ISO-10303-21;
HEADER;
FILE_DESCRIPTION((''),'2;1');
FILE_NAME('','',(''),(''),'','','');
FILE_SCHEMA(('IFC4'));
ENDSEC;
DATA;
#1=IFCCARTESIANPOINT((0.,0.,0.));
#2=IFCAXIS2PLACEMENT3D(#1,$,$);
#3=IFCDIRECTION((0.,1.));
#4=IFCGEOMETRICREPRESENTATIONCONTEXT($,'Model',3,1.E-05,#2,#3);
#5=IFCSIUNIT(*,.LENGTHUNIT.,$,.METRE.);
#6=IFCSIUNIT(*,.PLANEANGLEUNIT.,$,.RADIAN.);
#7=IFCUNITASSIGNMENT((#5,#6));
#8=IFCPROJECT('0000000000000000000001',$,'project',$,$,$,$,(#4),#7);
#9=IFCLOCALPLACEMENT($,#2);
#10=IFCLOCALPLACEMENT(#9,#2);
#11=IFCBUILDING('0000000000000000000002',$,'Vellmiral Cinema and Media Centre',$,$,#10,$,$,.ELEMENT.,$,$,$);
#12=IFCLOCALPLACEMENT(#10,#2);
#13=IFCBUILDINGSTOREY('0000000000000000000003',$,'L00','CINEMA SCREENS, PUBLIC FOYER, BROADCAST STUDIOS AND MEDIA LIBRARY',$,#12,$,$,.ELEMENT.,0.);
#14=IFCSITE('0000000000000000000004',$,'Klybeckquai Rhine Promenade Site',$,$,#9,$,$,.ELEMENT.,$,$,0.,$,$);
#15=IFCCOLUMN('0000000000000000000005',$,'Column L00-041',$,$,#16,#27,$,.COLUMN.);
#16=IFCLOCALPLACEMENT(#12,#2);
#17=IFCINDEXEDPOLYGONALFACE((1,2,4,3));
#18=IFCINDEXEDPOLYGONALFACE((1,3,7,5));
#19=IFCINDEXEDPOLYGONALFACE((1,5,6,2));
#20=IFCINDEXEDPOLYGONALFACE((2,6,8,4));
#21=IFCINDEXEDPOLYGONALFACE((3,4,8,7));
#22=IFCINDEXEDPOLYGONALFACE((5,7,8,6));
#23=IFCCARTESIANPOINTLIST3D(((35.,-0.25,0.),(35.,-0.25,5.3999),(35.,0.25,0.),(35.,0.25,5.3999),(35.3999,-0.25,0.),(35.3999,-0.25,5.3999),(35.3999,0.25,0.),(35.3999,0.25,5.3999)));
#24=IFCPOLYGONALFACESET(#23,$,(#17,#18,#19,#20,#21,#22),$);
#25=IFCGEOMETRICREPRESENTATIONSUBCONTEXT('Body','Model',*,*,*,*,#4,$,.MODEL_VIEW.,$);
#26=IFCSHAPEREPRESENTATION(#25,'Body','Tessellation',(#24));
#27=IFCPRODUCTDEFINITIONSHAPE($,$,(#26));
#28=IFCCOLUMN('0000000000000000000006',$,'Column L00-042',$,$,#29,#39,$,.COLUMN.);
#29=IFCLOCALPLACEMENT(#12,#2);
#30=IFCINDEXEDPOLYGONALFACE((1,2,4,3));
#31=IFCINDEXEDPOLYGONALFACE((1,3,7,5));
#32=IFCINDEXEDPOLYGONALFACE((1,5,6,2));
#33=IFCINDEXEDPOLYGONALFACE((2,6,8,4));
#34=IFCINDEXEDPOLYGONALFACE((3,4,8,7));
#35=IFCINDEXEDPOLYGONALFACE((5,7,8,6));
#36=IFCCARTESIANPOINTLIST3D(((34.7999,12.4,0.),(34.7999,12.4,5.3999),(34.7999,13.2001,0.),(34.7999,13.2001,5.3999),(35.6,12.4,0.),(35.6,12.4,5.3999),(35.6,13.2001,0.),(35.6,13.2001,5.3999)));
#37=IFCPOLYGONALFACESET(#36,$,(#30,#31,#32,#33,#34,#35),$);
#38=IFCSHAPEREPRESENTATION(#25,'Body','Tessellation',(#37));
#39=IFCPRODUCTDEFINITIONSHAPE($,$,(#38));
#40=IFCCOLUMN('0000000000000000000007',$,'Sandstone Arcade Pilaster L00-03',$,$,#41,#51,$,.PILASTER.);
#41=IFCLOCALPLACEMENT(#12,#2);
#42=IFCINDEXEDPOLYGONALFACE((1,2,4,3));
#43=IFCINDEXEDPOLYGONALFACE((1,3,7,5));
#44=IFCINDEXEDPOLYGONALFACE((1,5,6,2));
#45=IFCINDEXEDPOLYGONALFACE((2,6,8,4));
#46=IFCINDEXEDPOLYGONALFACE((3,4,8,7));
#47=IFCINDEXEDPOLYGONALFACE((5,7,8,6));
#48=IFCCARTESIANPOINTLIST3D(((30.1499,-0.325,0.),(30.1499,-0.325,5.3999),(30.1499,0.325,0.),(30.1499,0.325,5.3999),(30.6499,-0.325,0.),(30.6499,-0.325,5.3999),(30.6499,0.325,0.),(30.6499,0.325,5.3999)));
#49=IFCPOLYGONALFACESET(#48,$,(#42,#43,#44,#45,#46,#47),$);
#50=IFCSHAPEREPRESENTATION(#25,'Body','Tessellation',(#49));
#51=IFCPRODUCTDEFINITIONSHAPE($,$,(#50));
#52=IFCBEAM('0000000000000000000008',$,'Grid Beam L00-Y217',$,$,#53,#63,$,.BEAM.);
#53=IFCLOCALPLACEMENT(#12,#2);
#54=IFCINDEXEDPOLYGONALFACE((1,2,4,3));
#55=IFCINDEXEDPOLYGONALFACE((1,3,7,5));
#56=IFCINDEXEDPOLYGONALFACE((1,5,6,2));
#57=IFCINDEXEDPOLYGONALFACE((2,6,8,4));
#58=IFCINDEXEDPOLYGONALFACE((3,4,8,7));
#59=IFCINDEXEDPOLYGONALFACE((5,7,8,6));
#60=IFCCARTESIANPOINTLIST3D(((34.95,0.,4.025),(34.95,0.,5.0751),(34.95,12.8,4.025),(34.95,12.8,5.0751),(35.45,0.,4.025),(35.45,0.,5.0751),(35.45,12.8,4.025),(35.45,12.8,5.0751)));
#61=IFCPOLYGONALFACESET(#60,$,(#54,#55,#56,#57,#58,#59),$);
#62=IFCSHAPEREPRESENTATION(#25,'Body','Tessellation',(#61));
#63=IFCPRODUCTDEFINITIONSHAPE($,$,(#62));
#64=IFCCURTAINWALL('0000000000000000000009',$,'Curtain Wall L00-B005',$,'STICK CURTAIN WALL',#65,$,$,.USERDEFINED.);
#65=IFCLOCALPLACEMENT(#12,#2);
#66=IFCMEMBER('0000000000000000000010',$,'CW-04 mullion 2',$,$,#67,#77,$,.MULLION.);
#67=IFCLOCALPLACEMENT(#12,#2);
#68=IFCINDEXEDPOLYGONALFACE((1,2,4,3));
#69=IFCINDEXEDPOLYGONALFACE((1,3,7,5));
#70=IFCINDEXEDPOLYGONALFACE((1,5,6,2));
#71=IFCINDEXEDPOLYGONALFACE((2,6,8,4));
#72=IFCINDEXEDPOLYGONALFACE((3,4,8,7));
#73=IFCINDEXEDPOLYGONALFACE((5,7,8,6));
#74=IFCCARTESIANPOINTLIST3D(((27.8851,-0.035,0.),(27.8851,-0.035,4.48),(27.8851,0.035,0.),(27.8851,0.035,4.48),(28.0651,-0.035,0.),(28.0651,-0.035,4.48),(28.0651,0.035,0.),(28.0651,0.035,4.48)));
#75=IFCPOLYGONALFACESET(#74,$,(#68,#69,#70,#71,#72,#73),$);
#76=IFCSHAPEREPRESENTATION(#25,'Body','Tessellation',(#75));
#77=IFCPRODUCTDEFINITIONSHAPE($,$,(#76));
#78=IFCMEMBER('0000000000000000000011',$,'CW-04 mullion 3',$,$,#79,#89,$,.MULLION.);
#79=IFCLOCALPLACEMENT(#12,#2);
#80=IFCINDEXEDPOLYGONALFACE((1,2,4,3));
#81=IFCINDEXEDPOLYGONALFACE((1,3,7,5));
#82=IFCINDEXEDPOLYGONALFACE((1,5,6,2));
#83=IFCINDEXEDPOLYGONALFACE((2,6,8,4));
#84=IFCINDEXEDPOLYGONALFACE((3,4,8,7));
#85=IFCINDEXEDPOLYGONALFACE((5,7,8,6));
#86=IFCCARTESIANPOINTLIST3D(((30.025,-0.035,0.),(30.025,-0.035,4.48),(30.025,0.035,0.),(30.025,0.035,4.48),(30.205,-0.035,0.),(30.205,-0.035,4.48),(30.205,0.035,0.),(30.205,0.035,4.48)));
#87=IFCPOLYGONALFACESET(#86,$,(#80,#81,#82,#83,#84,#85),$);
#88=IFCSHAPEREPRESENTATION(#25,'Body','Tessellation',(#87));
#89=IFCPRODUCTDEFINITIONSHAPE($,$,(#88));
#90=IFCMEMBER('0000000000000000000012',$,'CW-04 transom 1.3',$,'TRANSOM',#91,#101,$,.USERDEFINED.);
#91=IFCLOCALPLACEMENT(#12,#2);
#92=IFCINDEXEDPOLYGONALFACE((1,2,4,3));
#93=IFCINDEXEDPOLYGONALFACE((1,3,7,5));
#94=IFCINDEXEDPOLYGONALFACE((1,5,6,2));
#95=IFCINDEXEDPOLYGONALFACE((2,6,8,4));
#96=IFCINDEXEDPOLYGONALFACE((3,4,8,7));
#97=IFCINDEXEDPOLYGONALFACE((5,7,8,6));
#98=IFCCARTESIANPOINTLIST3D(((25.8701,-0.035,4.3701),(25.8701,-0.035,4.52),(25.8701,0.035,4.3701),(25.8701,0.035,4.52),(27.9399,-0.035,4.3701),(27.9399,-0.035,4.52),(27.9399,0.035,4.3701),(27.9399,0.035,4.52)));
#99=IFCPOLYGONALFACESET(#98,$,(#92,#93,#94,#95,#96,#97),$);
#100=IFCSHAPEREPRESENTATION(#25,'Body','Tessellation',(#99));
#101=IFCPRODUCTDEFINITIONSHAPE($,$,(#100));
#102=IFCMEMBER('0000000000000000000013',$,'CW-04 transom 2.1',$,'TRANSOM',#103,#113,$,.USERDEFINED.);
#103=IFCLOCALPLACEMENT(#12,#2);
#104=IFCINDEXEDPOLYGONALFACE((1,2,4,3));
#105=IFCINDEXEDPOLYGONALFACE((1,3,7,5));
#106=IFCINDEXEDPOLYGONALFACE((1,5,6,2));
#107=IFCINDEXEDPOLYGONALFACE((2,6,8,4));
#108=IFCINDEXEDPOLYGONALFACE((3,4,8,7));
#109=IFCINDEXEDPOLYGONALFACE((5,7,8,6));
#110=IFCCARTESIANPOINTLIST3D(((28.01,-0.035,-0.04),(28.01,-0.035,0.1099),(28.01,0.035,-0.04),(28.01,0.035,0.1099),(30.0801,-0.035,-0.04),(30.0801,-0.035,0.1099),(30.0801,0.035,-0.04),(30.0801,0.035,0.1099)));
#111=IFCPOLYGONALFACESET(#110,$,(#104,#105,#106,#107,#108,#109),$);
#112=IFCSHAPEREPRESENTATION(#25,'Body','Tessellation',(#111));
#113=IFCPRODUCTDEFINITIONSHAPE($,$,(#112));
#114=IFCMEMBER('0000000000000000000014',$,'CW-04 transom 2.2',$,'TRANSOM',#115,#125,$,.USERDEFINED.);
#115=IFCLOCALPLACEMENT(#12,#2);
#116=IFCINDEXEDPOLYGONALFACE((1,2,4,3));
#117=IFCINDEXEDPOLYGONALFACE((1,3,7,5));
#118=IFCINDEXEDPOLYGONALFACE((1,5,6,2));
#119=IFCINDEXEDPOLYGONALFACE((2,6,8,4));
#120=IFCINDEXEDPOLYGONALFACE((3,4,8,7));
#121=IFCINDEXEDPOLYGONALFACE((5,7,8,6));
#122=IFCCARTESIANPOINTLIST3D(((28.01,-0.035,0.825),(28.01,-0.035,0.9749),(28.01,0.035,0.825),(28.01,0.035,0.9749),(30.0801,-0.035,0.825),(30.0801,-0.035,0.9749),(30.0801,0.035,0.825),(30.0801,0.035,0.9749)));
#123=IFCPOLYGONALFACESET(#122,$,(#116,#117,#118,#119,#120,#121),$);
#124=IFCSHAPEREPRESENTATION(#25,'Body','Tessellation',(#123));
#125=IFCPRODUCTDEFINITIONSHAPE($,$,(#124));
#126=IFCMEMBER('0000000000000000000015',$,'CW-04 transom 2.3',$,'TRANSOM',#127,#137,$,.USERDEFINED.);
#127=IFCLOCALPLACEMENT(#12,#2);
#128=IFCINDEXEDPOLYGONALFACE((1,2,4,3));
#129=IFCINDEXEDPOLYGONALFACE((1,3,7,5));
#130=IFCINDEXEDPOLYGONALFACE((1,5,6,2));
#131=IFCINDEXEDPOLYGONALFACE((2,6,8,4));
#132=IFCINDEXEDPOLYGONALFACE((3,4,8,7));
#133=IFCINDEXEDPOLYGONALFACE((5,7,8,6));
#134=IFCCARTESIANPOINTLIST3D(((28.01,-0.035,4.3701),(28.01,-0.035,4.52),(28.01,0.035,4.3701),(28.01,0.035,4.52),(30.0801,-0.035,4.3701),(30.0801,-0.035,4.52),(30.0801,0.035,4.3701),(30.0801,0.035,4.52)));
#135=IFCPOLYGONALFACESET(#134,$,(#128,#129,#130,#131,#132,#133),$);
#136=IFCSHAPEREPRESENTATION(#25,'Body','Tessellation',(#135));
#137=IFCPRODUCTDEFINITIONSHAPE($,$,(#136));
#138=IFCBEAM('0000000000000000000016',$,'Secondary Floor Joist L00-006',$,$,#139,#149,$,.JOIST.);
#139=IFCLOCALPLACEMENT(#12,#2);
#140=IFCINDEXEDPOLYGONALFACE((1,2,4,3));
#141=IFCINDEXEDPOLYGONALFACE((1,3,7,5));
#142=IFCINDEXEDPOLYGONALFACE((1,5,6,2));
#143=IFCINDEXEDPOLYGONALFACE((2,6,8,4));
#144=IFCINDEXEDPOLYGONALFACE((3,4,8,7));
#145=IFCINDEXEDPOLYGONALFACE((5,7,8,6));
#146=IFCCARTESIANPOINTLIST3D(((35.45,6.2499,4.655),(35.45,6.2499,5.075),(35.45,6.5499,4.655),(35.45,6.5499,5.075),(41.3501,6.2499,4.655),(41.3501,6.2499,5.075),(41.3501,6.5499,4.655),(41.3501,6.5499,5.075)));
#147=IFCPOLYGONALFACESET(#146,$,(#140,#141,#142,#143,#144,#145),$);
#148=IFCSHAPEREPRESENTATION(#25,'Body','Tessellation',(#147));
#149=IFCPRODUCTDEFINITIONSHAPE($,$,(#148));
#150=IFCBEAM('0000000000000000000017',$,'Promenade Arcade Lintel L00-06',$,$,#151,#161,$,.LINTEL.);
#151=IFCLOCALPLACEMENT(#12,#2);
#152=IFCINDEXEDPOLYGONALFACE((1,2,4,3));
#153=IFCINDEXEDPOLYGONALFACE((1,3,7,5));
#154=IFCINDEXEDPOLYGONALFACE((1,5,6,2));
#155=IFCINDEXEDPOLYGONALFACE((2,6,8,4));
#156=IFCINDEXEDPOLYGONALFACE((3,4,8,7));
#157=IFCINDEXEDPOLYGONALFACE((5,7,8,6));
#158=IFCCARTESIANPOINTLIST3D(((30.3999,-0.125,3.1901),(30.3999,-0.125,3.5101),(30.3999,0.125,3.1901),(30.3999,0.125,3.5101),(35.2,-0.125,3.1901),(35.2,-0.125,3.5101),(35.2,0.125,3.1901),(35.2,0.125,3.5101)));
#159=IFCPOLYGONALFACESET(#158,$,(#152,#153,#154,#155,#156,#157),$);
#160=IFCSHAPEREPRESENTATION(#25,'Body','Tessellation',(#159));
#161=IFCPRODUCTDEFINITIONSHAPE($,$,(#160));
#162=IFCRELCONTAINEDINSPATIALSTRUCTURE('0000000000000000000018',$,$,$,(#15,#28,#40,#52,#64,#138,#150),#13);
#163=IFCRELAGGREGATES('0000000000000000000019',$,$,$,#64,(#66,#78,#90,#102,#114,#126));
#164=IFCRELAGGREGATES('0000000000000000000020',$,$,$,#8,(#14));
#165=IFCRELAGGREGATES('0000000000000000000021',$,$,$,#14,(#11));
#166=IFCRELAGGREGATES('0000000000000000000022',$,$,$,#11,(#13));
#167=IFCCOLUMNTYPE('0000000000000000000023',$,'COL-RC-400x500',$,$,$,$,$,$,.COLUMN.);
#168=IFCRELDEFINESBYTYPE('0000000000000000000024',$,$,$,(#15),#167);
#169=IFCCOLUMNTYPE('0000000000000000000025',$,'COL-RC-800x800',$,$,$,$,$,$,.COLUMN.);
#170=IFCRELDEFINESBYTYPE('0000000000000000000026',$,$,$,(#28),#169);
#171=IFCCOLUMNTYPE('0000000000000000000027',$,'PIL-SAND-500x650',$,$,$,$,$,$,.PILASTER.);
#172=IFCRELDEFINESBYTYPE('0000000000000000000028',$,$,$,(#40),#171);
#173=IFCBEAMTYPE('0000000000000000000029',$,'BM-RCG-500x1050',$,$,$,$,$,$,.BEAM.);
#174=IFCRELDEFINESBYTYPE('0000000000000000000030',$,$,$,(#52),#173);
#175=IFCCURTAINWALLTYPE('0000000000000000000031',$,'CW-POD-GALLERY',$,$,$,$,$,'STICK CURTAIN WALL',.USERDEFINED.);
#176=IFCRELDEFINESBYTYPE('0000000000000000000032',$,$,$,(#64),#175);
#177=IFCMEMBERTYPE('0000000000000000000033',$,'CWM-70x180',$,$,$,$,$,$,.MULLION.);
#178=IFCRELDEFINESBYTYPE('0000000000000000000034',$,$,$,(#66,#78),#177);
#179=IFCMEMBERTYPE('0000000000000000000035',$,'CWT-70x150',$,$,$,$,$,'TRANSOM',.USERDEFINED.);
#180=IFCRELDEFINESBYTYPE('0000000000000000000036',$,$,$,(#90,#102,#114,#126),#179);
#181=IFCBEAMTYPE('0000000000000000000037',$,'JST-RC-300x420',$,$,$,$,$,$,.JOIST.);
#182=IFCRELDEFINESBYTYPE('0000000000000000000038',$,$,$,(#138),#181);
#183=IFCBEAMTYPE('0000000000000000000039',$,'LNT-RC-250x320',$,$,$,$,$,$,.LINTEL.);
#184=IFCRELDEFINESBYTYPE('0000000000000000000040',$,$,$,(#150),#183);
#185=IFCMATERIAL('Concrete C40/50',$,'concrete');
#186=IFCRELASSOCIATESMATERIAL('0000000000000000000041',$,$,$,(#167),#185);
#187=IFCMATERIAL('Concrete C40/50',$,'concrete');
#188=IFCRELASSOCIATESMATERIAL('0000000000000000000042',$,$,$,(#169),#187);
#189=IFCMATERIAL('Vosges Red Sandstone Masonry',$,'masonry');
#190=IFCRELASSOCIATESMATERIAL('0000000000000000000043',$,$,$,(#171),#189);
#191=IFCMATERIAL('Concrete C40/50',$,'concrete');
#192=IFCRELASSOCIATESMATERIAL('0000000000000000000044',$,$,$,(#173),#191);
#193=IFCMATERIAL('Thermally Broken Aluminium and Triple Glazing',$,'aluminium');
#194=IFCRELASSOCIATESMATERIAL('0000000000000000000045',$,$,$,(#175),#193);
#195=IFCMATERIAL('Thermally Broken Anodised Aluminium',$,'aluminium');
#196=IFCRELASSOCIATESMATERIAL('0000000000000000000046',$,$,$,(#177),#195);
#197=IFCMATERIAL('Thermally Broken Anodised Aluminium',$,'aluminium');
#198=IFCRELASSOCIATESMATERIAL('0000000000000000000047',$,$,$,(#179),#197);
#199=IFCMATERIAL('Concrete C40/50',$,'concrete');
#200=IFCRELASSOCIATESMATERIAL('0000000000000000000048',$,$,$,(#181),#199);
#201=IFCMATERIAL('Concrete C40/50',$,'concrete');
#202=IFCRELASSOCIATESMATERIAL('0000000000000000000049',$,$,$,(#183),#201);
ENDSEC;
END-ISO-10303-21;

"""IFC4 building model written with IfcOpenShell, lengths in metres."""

from ifc_helpers import new_model, si_unit, direction, frame, origin, origin_2d, place, context, subcontext, project, spatial, rectangle, extrude, material, material_profile, profile_set, type_object, element, aggregate, save


model = new_model("IFC4")

# Units and contexts
model_context = context("Model", 3, precision=1e-05, world=origin(), true_north=direction((0.0, 1.0)))
body_context = subcontext(model_context, "Body", "Model", "MODEL_VIEW")
ifc_project = project(units=[si_unit("LENGTHUNIT", "METRE"), si_unit("PLANEANGLEUNIT", "RADIAN")], contexts=[model_context])

# Site, building, storey
site_placement = place(None, origin())
site = spatial("IfcSite", under=ifc_project, at=site_placement, Name="Klybeckquai Rhine Promenade Site", CompositionType="ELEMENT", RefElevation=0.0)
building_placement = place(site_placement, origin())
building = spatial("IfcBuilding", under=site, at=building_placement, Name="Vellmiral Cinema and Media Centre", CompositionType="ELEMENT")
storey_placement = place(building_placement, origin())
storey = spatial("IfcBuildingStorey", under=building, at=storey_placement, Name="L00", Description="CINEMA SCREENS, PUBLIC FOYER, BROADCAST STUDIOS AND MEDIA LIBRARY", CompositionType="ELEMENT", Elevation=0.0)

# Columns
ifc_material_1 = material(Name="Concrete C40/50", Category="concrete")
ifc_material_profile_1 = material_profile(ifc_material_1, rectangle(XDim=0.3999, YDim=0.5, at=origin_2d()), Name="RC 400x500")
ifc_profile_set_1 = profile_set([ifc_material_profile_1], Name="Concrete C40/50")
column_type_1 = type_object("IfcColumnType", Name="COL-RC-400x500", PredefinedType="COLUMN", material=ifc_profile_set_1)
column_1_placement = place(storey_placement, frame((35.2, 0.0, 0.0), z_axis=(0.0, 0.0, 1.0), x_axis=(1.0, 0.0, 0.0)))
element("IfcColumn", 1, at=column_1_placement, inside=storey, type_object=column_type_1, Name="Column L00-041", PredefinedType="COLUMN", context=body_context, shape_type="SweptSolid", body=[
    extrude(rectangle(XDim=0.3999, YDim=0.5, at=origin_2d()), origin(), (0.0, 0.0, 1.0), 5.3999),
])
ifc_material_2 = material(Name="Concrete C40/50", Category="concrete")
ifc_material_profile_2 = material_profile(ifc_material_2, rectangle(XDim=0.8, YDim=0.8, at=origin_2d()), Name="RC 800x800")
ifc_profile_set_2 = profile_set([ifc_material_profile_2], Name="Concrete C40/50")
column_type_2 = type_object("IfcColumnType", Name="COL-RC-800x800", PredefinedType="COLUMN", material=ifc_profile_set_2)
column_2_placement = place(storey_placement, frame((35.2, 12.8, 0.0), z_axis=(0.0, 0.0, 1.0), x_axis=(1.0, 0.0, 0.0)))
element("IfcColumn", 2, at=column_2_placement, inside=storey, type_object=column_type_2, Name="Column L00-042", PredefinedType="COLUMN", context=body_context, shape_type="SweptSolid", body=[
    extrude(rectangle(XDim=0.8, YDim=0.8, at=origin_2d()), origin(), (0.0, 0.0, 1.0), 5.3999),
])
ifc_material_3 = material(Name="Vosges Red Sandstone Masonry", Category="masonry")
ifc_material_profile_3 = material_profile(ifc_material_3, rectangle(XDim=0.5, YDim=0.6499, at=origin_2d()), Name="SAND 500x650")
ifc_profile_set_3 = profile_set([ifc_material_profile_3], Name="Vosges Red Sandstone Masonry")
column_type_3 = type_object("IfcColumnType", Name="PIL-SAND-500x650", PredefinedType="PILASTER", material=ifc_profile_set_3)
column_3_placement = place(storey_placement, frame((30.3999, 0.0, 0.0), z_axis=(0.0, 0.0, 1.0), x_axis=(1.0, 0.0, 0.0)))
element("IfcColumn", 3, at=column_3_placement, inside=storey, type_object=column_type_3, Name="Sandstone Arcade Pilaster L00-03", PredefinedType="PILASTER", context=body_context, shape_type="SweptSolid", body=[
    extrude(rectangle(XDim=0.5, YDim=0.6499, at=origin_2d()), origin(), (0.0, 0.0, 1.0), 5.3999),
])

# Beam
ifc_material_4 = material(Name="Concrete C40/50", Category="concrete")
ifc_material_profile_4 = material_profile(ifc_material_4, rectangle(XDim=0.5, YDim=1.05, at=origin_2d()), Name="RC 500x1050")
ifc_profile_set_4 = profile_set([ifc_material_profile_4], Name="Concrete C40/50")
beam_type_1 = type_object("IfcBeamType", Name="BM-RCG-500x1050", PredefinedType="BEAM", material=ifc_profile_set_4)
beam_1_placement = place(storey_placement, frame((35.2, 0.0, 4.55), z_axis=(0.0, 1.0, 0.0), x_axis=(-1.0, 0.0, 0.0)))
element("IfcBeam", 4, at=beam_1_placement, inside=storey, type_object=beam_type_1, Name="Grid Beam L00-Y217", PredefinedType="BEAM", context=body_context, shape_type="SweptSolid", body=[
    extrude(rectangle(XDim=0.5, YDim=1.05, at=origin_2d()), origin(), (0.0, 0.0, 1.0), 12.8),
])

# Curtain wall, members
ifc_material_5 = material(Name="Thermally Broken Aluminium and Triple Glazing", Category="aluminium")
curtain_wall_type = type_object("IfcCurtainWallType", Name="CW-POD-GALLERY", ElementType="STICK CURTAIN WALL", PredefinedType="USERDEFINED", material=ifc_material_5)
curtain_wall_placement = place(storey_placement, origin())
curtain_wall = element("IfcCurtainWall", 5, at=curtain_wall_placement, inside=storey, type_object=curtain_wall_type, Name="Curtain Wall L00-B005", ObjectType="STICK CURTAIN WALL", PredefinedType="USERDEFINED")
ifc_material_6 = material(Name="Thermally Broken Anodised Aluminium", Category="aluminium")
ifc_material_profile_5 = material_profile(ifc_material_6, rectangle(XDim=0.0701, YDim=0.1799, at=origin_2d()), Name="MULL 70x180")
ifc_profile_set_5 = profile_set([ifc_material_profile_5], Name="Thermally Broken Anodised Aluminium")
member_type_1 = type_object("IfcMemberType", Name="CWM-70x180", PredefinedType="MULLION", material=ifc_profile_set_5)
member_1_placement = place(storey_placement, frame((27.9751, 0.0, 0.0), z_axis=(0.0, 0.0, 1.0), x_axis=(0.0, 1.0, 0.0)))
member_1 = element("IfcMember", 6, at=member_1_placement, type_object=member_type_1, Name="CW-04 mullion 2", PredefinedType="MULLION", context=body_context, shape_type="SweptSolid", body=[
    extrude(rectangle(XDim=0.0701, YDim=0.1799, at=origin_2d()), origin(), (0.0, 0.0, 1.0), 4.48),
])
member_2_placement = place(storey_placement, frame((30.115, 0.0, 0.0), z_axis=(0.0, 0.0, 1.0), x_axis=(0.0, 1.0, 0.0)))
member_2 = element("IfcMember", 7, at=member_2_placement, type_object=member_type_1, Name="CW-04 mullion 3", PredefinedType="MULLION", context=body_context, shape_type="SweptSolid", body=[
    extrude(rectangle(XDim=0.0701, YDim=0.1799, at=origin_2d()), origin(), (0.0, 0.0, 1.0), 4.48),
])
ifc_material_7 = material(Name="Thermally Broken Anodised Aluminium", Category="aluminium")
ifc_material_profile_6 = material_profile(ifc_material_7, rectangle(XDim=0.0701, YDim=0.1499, at=origin_2d()), Name="MULL 70x150")
ifc_profile_set_6 = profile_set([ifc_material_profile_6], Name="Thermally Broken Anodised Aluminium")
member_type_2 = type_object("IfcMemberType", Name="CWT-70x150", ElementType="TRANSOM", PredefinedType="USERDEFINED", material=ifc_profile_set_6)
member_3_placement = place(storey_placement, frame((25.8701, 0.0, 4.4451), z_axis=(1.0, 0.0, 0.0), x_axis=(0.0, 1.0, 0.0)))
member_3 = element("IfcMember", 8, at=member_3_placement, type_object=member_type_2, Name="CW-04 transom 1.3", ObjectType="TRANSOM", PredefinedType="USERDEFINED", context=body_context, shape_type="SweptSolid", body=[
    extrude(rectangle(XDim=0.0701, YDim=0.1499, at=origin_2d()), origin(), (0.0, 0.0, 1.0), 2.0698),
])
member_4_placement = place(storey_placement, frame((28.01, 0.0, 0.0349), z_axis=(1.0, 0.0, 0.0), x_axis=(0.0, 1.0, 0.0)))
member_4 = element("IfcMember", 9, at=member_4_placement, type_object=member_type_2, Name="CW-04 transom 2.1", ObjectType="TRANSOM", PredefinedType="USERDEFINED", context=body_context, shape_type="SweptSolid", body=[
    extrude(rectangle(XDim=0.0701, YDim=0.1499, at=origin_2d()), origin(), (0.0, 0.0, 1.0), 2.0701),
])
member_5_placement = place(storey_placement, frame((28.01, 0.0, 0.8999), z_axis=(1.0, 0.0, 0.0), x_axis=(0.0, 1.0, 0.0)))
member_5 = element("IfcMember", 10, at=member_5_placement, type_object=member_type_2, Name="CW-04 transom 2.2", ObjectType="TRANSOM", PredefinedType="USERDEFINED", context=body_context, shape_type="SweptSolid", body=[
    extrude(rectangle(XDim=0.0701, YDim=0.1499, at=origin_2d()), origin(), (0.0, 0.0, 1.0), 2.0701),
])
member_6_placement = place(storey_placement, frame((28.01, 0.0, 4.4451), z_axis=(1.0, 0.0, 0.0), x_axis=(0.0, 1.0, 0.0)))
member_6 = element("IfcMember", 11, at=member_6_placement, type_object=member_type_2, Name="CW-04 transom 2.3", ObjectType="TRANSOM", PredefinedType="USERDEFINED", context=body_context, shape_type="SweptSolid", body=[
    extrude(rectangle(XDim=0.0701, YDim=0.1499, at=origin_2d()), origin(), (0.0, 0.0, 1.0), 2.0701),
])

# Beams
ifc_material_8 = material(Name="Concrete C40/50", Category="concrete")
ifc_material_profile_7 = material_profile(ifc_material_8, rectangle(XDim=0.3, YDim=0.4199, at=origin_2d()), Name="RC 300x420")
ifc_profile_set_7 = profile_set([ifc_material_profile_7], Name="Concrete C40/50")
beam_type_2 = type_object("IfcBeamType", Name="JST-RC-300x420", PredefinedType="JOIST", material=ifc_profile_set_7)
beam_2_placement = place(storey_placement, frame((35.45, 6.3999, 4.865), z_axis=(1.0, 0.0, 0.0), x_axis=(0.0, 1.0, 0.0)))
element("IfcBeam", 12, at=beam_2_placement, inside=storey, type_object=beam_type_2, Name="Secondary Floor Joist L00-006", PredefinedType="JOIST", context=body_context, shape_type="SweptSolid", body=[
    extrude(rectangle(XDim=0.3, YDim=0.4199, at=origin_2d()), origin(), (0.0, 0.0, 1.0), 5.9001),
])
ifc_material_9 = material(Name="Concrete C40/50", Category="concrete")
ifc_material_profile_8 = material_profile(ifc_material_9, rectangle(XDim=0.25, YDim=0.3201, at=origin_2d()), Name="RC 250x320")
ifc_profile_set_8 = profile_set([ifc_material_profile_8], Name="Concrete C40/50")
beam_type_3 = type_object("IfcBeamType", Name="LNT-RC-250x320", PredefinedType="LINTEL", material=ifc_profile_set_8)
beam_3_placement = place(storey_placement, frame((30.3999, 0.0, 3.3501), z_axis=(1.0, 0.0, 0.0), x_axis=(0.0, 1.0, 0.0)))
element("IfcBeam", 13, at=beam_3_placement, inside=storey, type_object=beam_type_3, Name="Promenade Arcade Lintel L00-06", PredefinedType="LINTEL", context=body_context, shape_type="SweptSolid", body=[
    extrude(rectangle(XDim=0.25, YDim=0.3201, at=origin_2d()), origin(), (0.0, 0.0, 1.0), 4.8),
])

aggregate(curtain_wall, [member_1, member_2, member_3, member_4, member_5, member_6])

save(model, "model.ifc")
